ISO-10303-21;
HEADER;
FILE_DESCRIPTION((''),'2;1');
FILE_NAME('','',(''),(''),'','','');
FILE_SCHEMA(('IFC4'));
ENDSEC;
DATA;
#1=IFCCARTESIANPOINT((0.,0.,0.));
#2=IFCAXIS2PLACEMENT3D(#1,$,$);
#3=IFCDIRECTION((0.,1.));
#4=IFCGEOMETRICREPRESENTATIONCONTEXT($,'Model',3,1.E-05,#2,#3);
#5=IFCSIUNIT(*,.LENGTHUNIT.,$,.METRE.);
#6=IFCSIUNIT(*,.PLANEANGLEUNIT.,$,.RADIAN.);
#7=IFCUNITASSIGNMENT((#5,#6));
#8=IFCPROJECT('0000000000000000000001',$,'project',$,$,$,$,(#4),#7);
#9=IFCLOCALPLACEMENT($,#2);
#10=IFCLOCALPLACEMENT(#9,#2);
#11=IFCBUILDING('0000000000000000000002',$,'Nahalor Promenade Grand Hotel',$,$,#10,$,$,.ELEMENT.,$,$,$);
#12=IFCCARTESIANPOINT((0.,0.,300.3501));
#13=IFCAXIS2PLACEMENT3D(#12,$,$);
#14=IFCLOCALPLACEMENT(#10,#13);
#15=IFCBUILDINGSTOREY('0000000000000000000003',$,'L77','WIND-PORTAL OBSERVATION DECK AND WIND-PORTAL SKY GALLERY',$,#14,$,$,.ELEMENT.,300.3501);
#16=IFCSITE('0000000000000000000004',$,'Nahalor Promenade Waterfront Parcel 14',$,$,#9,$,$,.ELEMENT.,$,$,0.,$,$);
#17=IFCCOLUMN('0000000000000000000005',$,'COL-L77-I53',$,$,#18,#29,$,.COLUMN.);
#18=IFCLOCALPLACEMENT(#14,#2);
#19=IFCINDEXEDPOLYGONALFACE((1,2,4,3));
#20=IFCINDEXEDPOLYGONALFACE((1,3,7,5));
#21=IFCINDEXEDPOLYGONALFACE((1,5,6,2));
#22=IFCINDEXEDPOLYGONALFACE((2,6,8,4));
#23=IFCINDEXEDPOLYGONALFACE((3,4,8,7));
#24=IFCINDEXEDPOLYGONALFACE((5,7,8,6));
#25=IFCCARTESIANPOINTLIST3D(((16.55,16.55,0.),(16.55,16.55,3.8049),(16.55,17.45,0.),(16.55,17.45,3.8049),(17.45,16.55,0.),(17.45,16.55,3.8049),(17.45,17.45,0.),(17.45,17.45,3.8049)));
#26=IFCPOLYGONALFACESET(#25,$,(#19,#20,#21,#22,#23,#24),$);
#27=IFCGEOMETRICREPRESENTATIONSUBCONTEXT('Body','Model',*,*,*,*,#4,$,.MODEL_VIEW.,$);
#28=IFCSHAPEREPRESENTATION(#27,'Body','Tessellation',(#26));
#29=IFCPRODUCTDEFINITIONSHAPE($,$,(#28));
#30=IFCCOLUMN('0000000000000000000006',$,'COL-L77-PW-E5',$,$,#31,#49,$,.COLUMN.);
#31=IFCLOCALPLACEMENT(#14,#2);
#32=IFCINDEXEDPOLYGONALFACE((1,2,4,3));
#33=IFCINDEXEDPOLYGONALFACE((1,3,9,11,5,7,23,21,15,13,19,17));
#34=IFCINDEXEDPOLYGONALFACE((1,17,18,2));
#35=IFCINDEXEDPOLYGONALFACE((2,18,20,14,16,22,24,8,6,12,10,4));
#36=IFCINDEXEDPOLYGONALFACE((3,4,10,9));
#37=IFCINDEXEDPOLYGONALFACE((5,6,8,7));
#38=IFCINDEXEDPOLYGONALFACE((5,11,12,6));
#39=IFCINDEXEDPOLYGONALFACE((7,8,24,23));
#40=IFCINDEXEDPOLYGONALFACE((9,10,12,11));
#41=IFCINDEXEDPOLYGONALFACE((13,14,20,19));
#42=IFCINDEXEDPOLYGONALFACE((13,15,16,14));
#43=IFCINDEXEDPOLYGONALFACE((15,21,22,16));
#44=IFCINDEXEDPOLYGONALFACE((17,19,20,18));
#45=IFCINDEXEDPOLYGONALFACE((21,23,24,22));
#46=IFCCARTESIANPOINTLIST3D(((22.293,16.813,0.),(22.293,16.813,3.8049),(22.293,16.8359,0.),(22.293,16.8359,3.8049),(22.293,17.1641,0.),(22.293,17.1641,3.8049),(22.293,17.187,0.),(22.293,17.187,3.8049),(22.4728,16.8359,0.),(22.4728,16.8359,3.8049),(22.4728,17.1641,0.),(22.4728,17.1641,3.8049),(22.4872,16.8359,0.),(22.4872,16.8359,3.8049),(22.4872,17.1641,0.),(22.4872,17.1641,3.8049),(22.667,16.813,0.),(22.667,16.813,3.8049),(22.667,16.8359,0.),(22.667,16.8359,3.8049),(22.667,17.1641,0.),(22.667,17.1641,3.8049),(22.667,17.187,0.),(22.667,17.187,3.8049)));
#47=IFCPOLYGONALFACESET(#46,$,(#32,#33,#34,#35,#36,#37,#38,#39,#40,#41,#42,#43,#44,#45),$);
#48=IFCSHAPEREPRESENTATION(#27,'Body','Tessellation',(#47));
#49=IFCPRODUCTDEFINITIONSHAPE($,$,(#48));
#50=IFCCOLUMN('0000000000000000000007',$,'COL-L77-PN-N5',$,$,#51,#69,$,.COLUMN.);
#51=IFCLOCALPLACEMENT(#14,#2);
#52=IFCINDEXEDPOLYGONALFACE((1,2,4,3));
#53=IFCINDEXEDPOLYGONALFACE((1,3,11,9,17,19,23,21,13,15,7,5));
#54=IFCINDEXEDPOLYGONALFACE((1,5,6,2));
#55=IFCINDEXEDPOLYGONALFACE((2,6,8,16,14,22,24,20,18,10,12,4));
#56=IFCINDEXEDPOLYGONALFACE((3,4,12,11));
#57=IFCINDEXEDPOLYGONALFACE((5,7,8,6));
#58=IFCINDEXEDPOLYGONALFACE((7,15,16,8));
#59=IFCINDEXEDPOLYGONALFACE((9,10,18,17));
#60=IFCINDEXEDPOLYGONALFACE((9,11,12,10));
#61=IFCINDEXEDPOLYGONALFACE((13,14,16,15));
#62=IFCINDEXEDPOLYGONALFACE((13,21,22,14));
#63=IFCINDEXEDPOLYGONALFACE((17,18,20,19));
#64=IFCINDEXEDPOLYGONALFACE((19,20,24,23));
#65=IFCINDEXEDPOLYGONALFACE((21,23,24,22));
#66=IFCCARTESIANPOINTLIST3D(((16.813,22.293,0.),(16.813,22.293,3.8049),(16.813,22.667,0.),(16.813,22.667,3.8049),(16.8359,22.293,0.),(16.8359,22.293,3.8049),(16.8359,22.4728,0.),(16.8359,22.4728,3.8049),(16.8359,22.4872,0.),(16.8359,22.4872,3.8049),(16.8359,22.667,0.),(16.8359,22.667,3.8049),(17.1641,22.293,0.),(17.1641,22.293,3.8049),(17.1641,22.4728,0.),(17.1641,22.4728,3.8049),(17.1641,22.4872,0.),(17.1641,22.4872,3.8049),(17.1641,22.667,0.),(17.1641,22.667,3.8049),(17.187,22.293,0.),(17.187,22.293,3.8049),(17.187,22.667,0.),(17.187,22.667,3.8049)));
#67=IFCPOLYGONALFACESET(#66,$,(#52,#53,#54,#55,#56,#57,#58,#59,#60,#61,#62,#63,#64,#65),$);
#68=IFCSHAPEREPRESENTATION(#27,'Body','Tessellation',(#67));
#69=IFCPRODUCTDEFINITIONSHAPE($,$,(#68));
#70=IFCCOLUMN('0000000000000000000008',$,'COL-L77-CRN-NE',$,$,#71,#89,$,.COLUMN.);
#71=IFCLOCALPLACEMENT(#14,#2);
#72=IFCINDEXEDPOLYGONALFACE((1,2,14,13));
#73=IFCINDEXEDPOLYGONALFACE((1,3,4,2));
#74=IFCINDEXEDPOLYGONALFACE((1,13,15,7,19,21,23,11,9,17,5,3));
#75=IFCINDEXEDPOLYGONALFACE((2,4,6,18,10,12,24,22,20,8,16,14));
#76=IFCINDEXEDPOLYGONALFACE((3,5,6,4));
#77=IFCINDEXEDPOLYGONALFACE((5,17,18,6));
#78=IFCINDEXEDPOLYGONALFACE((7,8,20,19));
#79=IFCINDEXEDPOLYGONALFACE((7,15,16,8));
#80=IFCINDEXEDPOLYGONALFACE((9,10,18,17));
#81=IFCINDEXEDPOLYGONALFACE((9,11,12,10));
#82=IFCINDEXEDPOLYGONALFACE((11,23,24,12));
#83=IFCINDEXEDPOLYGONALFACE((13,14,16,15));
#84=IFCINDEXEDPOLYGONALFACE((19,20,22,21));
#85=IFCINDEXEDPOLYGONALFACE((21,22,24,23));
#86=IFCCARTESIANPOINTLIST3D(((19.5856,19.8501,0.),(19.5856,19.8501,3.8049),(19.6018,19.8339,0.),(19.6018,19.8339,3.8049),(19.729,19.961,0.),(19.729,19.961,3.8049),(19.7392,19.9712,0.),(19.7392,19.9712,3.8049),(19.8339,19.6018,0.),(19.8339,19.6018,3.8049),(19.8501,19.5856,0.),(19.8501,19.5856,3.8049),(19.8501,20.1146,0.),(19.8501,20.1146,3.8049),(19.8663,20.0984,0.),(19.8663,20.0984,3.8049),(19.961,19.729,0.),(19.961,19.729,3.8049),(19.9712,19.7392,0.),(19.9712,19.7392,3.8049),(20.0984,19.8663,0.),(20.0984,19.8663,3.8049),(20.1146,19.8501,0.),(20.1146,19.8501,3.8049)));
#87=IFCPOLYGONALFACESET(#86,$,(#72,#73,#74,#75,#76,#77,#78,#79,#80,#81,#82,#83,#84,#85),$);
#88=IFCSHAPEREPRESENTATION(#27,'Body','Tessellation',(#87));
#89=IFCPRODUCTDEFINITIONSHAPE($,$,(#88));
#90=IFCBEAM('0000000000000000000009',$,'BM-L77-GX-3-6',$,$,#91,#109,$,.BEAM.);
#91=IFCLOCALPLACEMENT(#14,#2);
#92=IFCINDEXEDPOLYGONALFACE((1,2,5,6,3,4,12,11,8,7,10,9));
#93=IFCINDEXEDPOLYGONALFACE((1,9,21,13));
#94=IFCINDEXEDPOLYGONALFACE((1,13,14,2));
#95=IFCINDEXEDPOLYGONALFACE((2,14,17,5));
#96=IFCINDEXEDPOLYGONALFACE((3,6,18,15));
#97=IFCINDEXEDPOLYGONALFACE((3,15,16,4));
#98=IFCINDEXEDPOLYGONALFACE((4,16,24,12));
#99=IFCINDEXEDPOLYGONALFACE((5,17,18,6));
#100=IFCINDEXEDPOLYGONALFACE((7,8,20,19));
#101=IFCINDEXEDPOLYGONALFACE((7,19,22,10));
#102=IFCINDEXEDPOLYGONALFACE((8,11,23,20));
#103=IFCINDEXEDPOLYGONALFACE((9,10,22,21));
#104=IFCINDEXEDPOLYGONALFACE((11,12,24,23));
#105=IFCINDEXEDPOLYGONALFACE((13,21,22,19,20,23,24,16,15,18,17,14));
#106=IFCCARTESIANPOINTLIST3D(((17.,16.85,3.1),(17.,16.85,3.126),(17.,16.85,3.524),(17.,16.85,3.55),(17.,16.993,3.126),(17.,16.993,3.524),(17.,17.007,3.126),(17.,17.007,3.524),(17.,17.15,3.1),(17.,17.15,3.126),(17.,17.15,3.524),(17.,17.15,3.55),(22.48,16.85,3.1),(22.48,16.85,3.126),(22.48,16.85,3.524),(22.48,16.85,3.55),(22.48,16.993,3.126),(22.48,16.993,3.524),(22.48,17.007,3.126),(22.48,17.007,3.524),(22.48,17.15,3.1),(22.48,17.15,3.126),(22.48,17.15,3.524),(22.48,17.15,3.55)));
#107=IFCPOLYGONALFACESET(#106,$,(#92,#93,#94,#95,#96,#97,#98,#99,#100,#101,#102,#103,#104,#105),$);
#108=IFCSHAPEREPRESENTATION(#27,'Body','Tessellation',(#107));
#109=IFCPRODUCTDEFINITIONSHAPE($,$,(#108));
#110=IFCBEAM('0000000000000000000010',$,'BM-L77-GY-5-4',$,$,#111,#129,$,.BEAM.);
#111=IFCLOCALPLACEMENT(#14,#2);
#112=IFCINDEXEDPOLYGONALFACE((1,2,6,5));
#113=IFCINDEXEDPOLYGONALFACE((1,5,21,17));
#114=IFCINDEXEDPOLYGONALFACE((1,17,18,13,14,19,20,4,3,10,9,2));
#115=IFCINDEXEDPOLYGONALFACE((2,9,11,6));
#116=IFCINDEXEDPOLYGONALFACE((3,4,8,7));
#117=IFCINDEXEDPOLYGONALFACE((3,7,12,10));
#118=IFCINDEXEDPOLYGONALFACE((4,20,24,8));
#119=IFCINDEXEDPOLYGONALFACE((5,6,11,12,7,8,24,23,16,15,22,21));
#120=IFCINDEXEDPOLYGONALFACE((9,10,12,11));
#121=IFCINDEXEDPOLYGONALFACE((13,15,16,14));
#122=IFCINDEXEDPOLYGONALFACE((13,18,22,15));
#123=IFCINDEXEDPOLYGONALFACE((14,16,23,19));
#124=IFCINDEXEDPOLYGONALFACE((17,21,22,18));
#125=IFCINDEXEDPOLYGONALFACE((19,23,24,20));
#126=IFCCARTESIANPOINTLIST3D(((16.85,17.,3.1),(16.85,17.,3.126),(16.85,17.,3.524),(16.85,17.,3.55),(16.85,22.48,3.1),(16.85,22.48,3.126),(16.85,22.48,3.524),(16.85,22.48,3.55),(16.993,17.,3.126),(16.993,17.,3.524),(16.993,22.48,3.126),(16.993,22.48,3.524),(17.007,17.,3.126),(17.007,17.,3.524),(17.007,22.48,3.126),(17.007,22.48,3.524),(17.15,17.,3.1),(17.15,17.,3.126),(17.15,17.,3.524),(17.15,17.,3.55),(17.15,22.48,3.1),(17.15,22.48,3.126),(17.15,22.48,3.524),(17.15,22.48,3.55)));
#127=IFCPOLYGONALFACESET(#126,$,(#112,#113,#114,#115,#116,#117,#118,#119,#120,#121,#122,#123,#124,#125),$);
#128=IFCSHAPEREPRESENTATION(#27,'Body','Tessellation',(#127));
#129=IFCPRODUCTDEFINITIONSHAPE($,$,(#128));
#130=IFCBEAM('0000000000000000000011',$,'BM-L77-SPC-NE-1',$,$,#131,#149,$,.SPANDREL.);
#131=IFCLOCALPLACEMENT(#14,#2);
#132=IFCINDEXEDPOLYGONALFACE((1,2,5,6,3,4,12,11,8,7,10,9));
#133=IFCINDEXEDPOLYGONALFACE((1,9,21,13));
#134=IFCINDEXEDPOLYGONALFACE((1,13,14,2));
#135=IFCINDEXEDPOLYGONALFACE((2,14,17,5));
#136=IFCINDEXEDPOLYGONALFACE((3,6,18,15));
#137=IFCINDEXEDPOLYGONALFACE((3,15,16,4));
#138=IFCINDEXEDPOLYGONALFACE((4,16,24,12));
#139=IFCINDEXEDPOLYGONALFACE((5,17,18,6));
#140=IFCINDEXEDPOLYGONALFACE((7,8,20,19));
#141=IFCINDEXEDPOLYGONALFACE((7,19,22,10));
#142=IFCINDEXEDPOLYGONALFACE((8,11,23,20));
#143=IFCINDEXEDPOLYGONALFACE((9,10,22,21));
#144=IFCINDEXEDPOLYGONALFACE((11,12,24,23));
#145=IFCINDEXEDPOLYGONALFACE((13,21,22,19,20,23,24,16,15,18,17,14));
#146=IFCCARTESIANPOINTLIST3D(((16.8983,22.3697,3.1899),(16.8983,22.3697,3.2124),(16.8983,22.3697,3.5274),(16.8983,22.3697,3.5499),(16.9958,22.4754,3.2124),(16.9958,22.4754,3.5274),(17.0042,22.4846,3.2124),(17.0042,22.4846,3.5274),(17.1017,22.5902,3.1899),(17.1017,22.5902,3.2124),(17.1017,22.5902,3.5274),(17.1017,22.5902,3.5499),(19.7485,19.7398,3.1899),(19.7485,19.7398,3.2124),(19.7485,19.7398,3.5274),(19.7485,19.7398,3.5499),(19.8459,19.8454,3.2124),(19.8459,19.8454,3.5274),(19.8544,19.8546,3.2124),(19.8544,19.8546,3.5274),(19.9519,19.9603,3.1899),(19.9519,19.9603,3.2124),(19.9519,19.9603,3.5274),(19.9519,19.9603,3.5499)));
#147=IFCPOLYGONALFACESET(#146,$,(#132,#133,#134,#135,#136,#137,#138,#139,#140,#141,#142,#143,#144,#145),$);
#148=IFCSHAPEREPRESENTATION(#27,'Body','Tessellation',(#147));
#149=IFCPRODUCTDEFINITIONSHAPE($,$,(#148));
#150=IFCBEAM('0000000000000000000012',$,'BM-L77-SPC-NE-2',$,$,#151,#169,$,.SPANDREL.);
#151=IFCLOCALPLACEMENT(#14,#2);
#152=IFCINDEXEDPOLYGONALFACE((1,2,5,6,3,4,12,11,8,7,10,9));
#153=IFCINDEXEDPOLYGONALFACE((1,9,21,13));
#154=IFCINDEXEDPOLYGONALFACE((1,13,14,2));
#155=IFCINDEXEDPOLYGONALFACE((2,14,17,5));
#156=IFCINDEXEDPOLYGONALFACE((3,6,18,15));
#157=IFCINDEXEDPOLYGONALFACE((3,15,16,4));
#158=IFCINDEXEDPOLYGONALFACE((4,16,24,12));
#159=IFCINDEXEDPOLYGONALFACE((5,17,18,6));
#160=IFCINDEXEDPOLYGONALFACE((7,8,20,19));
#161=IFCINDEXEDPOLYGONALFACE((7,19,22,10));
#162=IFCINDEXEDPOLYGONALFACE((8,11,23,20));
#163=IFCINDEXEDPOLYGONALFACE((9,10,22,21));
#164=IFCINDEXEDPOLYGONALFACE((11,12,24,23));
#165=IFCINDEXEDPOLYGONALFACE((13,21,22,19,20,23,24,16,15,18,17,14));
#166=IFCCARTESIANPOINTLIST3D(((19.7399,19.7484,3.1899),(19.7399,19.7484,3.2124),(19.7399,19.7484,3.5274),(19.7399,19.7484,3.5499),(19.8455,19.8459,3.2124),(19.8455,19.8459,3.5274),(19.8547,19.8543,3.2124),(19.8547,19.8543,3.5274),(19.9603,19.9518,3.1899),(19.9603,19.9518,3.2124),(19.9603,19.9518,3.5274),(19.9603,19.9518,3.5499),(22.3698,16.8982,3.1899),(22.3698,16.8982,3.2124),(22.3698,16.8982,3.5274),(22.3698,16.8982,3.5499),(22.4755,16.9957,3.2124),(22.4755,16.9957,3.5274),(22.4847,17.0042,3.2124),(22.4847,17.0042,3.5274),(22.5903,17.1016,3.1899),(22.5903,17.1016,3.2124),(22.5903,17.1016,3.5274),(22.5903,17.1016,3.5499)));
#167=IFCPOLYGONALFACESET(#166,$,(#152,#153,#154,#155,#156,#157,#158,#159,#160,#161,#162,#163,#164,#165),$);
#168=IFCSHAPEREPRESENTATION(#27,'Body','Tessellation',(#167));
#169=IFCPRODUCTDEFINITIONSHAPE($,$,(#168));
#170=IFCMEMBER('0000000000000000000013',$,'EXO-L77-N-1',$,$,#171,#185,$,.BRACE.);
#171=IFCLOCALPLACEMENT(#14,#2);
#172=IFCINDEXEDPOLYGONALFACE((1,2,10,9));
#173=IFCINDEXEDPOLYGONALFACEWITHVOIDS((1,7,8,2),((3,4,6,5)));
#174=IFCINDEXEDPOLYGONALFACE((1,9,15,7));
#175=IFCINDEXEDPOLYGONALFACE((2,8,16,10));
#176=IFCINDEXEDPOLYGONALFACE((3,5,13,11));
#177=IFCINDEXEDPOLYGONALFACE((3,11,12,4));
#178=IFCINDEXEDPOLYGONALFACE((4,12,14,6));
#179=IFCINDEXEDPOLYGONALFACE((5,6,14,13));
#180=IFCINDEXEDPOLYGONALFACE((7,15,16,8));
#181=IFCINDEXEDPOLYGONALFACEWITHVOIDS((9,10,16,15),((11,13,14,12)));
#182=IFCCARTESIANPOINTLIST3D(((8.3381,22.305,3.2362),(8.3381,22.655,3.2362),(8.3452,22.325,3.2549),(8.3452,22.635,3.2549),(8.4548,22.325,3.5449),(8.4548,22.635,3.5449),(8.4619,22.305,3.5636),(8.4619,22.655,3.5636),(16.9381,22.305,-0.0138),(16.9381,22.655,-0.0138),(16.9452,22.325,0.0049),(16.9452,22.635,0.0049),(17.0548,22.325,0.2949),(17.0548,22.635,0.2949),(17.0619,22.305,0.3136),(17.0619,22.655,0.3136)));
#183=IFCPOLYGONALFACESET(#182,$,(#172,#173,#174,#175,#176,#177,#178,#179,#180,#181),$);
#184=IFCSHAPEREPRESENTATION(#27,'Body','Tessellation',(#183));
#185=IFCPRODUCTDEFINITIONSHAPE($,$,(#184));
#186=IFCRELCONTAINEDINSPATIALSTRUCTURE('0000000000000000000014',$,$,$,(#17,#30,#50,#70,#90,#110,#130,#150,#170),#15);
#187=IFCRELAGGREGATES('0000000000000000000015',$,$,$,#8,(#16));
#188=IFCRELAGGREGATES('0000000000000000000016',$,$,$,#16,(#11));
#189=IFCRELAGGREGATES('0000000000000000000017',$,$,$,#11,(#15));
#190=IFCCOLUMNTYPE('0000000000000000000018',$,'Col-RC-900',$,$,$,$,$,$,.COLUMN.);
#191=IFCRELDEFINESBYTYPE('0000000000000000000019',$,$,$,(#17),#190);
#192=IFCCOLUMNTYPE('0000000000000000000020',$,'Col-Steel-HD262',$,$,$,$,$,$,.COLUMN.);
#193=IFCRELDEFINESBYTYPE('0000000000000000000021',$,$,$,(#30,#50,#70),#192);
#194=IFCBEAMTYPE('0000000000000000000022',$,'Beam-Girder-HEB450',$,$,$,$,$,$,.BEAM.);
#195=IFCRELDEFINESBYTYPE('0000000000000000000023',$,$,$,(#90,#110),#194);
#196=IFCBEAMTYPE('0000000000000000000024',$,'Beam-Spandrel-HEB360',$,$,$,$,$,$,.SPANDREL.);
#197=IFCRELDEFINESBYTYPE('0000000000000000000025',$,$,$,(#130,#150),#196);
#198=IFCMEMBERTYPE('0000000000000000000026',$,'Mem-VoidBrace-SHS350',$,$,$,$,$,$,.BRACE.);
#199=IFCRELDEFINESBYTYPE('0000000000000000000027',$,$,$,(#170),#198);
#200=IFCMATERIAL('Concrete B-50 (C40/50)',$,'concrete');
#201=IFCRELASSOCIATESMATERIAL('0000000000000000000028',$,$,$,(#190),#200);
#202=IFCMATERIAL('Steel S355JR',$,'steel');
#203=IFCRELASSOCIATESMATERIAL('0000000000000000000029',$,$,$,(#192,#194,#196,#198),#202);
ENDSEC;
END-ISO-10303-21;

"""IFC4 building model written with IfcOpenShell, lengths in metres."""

from ifc_helpers import new_model, si_unit, direction, frame, origin, origin_2d, place, context, subcontext, project, spatial, rectangle, hollow_rectangle, i_section, extrude, source, transform, mapped, material, material_profile, profile_set, type_object, element, save


model = new_model("IFC4")

# Units and contexts
model_context = context("Model", 3, precision=1e-05, world=origin(), true_north=direction((0.0, 1.0)))
body_context = subcontext(model_context, "Body", "Model", "MODEL_VIEW")
ifc_project = project(units=[si_unit("LENGTHUNIT", "METRE"), si_unit("PLANEANGLEUNIT", "RADIAN")], contexts=[model_context])

# Site, building, storey
site_placement = place(None, origin())
site = spatial("IfcSite", under=ifc_project, at=site_placement, Name="Nahalor Promenade Waterfront Parcel 14", CompositionType="ELEMENT", RefElevation=0.0)
building_placement = place(site_placement, origin())
building = spatial("IfcBuilding", under=site, at=building_placement, Name="Nahalor Promenade Grand Hotel", CompositionType="ELEMENT")
storey_placement = place(building_placement, frame((0.0, 0.0, 300.3501)))
storey = spatial("IfcBuildingStorey", under=building, at=storey_placement, Name="L77", Description="WIND-PORTAL OBSERVATION DECK AND WIND-PORTAL SKY GALLERY", CompositionType="ELEMENT", Elevation=300.3501)

# Columns
ifc_material_1 = material(Name="Concrete B-50 (C40/50)", Category="concrete")
ifc_material_profile_1 = material_profile(ifc_material_1, rectangle(XDim=0.9, YDim=0.9, at=origin_2d()), Name="RC 900x900")
ifc_profile_set_1 = profile_set([ifc_material_profile_1], Name="Concrete B-50 (C40/50)")
column_type_1 = type_object("IfcColumnType", Name="Col-RC-900", PredefinedType="COLUMN", material=ifc_profile_set_1)
shared_shape_1 = source(origin(), body_context, "Body", "SweptSolid", [
    extrude(rectangle(XDim=0.9, YDim=0.9, at=origin_2d()), origin(), (0.0, 0.0, 1.0), 3.8049),
])
column_placement = place(storey_placement, frame((17.0, 17.0, 0.0), z_axis=(0.0, 0.0, 1.0), x_axis=(1.0, 0.0, 0.0)))
element("IfcColumn", 1, at=column_placement, inside=storey, type_object=column_type_1, Name="COL-L77-I53", PredefinedType="COLUMN", context=body_context, shape_type="MappedRepresentation", body=[
    mapped(shared_shape_1, transform((0.0, 0.0, 0.0), scale=1.0)),
])
ifc_material_2 = material(Name="Steel S355JR", Category="steel")
ifc_material_profile_2 = material_profile(ifc_material_2, i_section(OverallWidth=0.374, OverallDepth=0.374, WebThickness=0.0144, FlangeThickness=0.0229, at=origin_2d()), Name="HD 360x262")
ifc_profile_set_2 = profile_set([ifc_material_profile_2], Name="Steel S355JR")
column_type_2 = type_object("IfcColumnType", Name="Col-Steel-HD262", PredefinedType="COLUMN", material=ifc_profile_set_2)
shared_shape_2 = source(origin(), body_context, "Body", "SweptSolid", [
    extrude(i_section(OverallWidth=0.374, OverallDepth=0.374, WebThickness=0.0144, FlangeThickness=0.0229, at=origin_2d()), origin(), (0.0, 0.0, 1.0), 3.8049),
])
for number, where, z_axis, x_axis, name in (
    (2, (22.48, 17.0, 0.0), (0.0, 0.0, 1.0), (1.0, 0.0, 0.0), "COL-L77-PW-E5"),
    (3, (17.0, 22.48, 0.0), (0.0, 0.0, 1.0), (0.0, 1.0, 0.0), "COL-L77-PN-N5"),
    (4, (19.8501, 19.8501, 0.0), (0.0, 0.0, 1.0), (0.707107, 0.707107, 0.0), "COL-L77-CRN-NE"),
):
    element("IfcColumn", number, at=place(storey_placement, frame(where, z_axis=z_axis, x_axis=x_axis)), inside=storey, type_object=column_type_2, Name=name, PredefinedType="COLUMN", context=body_context, shape_type="MappedRepresentation", body=[
        mapped(shared_shape_2, transform((0.0, 0.0, 0.0), scale=1.0)),
    ])

# Beams
ifc_material_profile_3 = material_profile(ifc_material_2, i_section(OverallWidth=0.3, OverallDepth=0.45, WebThickness=0.014, FlangeThickness=0.026, at=origin_2d()), Name="HEB 450")
ifc_profile_set_3 = profile_set([ifc_material_profile_3], Name="Steel S355JR")
beam_type_1 = type_object("IfcBeamType", Name="Beam-Girder-HEB450", PredefinedType="BEAM", material=ifc_profile_set_3)
shared_shape_3 = source(origin(), body_context, "Body", "SweptSolid", [
    extrude(i_section(OverallWidth=0.3, OverallDepth=0.45, WebThickness=0.014, FlangeThickness=0.026, at=origin_2d()), origin(), (0.0, 0.0, 1.0), 5.48),
])
for number, where, z_axis, x_axis, name in (
    (5, (17.0, 17.0, 3.325), (1.0, 0.0, 0.0), (0.0, 1.0, 0.0), "BM-L77-GX-3-6"),
    (6, (17.0, 17.0, 3.325), (0.0, 1.0, 0.0), (-1.0, 0.0, 0.0), "BM-L77-GY-5-4"),
):
    element("IfcBeam", number, at=place(storey_placement, frame(where, z_axis=z_axis, x_axis=x_axis)), inside=storey, type_object=beam_type_1, Name=name, PredefinedType="BEAM", context=body_context, shape_type="MappedRepresentation", body=[
        mapped(shared_shape_3, transform((0.0, 0.0, 0.0), scale=1.0)),
    ])
ifc_material_profile_4 = material_profile(ifc_material_2, i_section(OverallWidth=0.3, OverallDepth=0.36, WebThickness=0.0125, FlangeThickness=0.0225, at=origin_2d()), Name="HEB 360")
ifc_profile_set_4 = profile_set([ifc_material_profile_4], Name="Steel S355JR")
beam_type_2 = type_object("IfcBeamType", Name="Beam-Spandrel-HEB360", PredefinedType="SPANDREL", material=ifc_profile_set_4)
shared_shape_4 = source(origin(), body_context, "Body", "SweptSolid", [
    extrude(i_section(OverallWidth=0.3, OverallDepth=0.36, WebThickness=0.0125, FlangeThickness=0.0225, at=origin_2d()), origin(), (0.0, 0.0, 1.0), 3.8782),
])
for number, where, z_axis, x_axis, name in (
    (7, (17.0, 22.48, 3.3699), (0.734929, -0.678144, 0.0), (0.678144, 0.734929, 0.0), "BM-L77-SPC-NE-1"),
    (8, (19.8501, 19.8501, 3.3699), (0.678144, -0.734929, 0.0), (0.734929, 0.678144, 0.0), "BM-L77-SPC-NE-2"),
):
    element("IfcBeam", number, at=place(storey_placement, frame(where, z_axis=z_axis, x_axis=x_axis)), inside=storey, type_object=beam_type_2, Name=name, PredefinedType="SPANDREL", context=body_context, shape_type="MappedRepresentation", body=[
        mapped(shared_shape_4, transform((0.0, 0.0, 0.0), scale=1.0)),
    ])

# Member
ifc_material_profile_5 = material_profile(ifc_material_2, hollow_rectangle(XDim=0.35, YDim=0.35, WallThickness=0.02, at=origin_2d()), Name="SHS 350x350x20")
ifc_profile_set_5 = profile_set([ifc_material_profile_5], Name="Steel S355JR")
member_type = type_object("IfcMemberType", Name="Mem-VoidBrace-SHS350", PredefinedType="BRACE", material=ifc_profile_set_5)
shared_shape_5 = source(origin(), body_context, "Body", "SweptSolid", [
    extrude(hollow_rectangle(XDim=0.35, YDim=0.35, WallThickness=0.02, at=origin_2d()), origin(), (0.0, 0.0, 1.0), 9.1936),
])
member_placement = place(storey_placement, frame((17.0, 22.48, 0.1499), z_axis=(-0.935433, 0.0, 0.353503), x_axis=(0.0, -1.0, 0.0)))
element("IfcMember", 9, at=member_placement, inside=storey, type_object=member_type, Name="EXO-L77-N-1", PredefinedType="BRACE", context=body_context, shape_type="MappedRepresentation", body=[
    mapped(shared_shape_5, transform((0.0, 0.0, 0.0), scale=1.0)),
])

save(model, "model.ifc")
